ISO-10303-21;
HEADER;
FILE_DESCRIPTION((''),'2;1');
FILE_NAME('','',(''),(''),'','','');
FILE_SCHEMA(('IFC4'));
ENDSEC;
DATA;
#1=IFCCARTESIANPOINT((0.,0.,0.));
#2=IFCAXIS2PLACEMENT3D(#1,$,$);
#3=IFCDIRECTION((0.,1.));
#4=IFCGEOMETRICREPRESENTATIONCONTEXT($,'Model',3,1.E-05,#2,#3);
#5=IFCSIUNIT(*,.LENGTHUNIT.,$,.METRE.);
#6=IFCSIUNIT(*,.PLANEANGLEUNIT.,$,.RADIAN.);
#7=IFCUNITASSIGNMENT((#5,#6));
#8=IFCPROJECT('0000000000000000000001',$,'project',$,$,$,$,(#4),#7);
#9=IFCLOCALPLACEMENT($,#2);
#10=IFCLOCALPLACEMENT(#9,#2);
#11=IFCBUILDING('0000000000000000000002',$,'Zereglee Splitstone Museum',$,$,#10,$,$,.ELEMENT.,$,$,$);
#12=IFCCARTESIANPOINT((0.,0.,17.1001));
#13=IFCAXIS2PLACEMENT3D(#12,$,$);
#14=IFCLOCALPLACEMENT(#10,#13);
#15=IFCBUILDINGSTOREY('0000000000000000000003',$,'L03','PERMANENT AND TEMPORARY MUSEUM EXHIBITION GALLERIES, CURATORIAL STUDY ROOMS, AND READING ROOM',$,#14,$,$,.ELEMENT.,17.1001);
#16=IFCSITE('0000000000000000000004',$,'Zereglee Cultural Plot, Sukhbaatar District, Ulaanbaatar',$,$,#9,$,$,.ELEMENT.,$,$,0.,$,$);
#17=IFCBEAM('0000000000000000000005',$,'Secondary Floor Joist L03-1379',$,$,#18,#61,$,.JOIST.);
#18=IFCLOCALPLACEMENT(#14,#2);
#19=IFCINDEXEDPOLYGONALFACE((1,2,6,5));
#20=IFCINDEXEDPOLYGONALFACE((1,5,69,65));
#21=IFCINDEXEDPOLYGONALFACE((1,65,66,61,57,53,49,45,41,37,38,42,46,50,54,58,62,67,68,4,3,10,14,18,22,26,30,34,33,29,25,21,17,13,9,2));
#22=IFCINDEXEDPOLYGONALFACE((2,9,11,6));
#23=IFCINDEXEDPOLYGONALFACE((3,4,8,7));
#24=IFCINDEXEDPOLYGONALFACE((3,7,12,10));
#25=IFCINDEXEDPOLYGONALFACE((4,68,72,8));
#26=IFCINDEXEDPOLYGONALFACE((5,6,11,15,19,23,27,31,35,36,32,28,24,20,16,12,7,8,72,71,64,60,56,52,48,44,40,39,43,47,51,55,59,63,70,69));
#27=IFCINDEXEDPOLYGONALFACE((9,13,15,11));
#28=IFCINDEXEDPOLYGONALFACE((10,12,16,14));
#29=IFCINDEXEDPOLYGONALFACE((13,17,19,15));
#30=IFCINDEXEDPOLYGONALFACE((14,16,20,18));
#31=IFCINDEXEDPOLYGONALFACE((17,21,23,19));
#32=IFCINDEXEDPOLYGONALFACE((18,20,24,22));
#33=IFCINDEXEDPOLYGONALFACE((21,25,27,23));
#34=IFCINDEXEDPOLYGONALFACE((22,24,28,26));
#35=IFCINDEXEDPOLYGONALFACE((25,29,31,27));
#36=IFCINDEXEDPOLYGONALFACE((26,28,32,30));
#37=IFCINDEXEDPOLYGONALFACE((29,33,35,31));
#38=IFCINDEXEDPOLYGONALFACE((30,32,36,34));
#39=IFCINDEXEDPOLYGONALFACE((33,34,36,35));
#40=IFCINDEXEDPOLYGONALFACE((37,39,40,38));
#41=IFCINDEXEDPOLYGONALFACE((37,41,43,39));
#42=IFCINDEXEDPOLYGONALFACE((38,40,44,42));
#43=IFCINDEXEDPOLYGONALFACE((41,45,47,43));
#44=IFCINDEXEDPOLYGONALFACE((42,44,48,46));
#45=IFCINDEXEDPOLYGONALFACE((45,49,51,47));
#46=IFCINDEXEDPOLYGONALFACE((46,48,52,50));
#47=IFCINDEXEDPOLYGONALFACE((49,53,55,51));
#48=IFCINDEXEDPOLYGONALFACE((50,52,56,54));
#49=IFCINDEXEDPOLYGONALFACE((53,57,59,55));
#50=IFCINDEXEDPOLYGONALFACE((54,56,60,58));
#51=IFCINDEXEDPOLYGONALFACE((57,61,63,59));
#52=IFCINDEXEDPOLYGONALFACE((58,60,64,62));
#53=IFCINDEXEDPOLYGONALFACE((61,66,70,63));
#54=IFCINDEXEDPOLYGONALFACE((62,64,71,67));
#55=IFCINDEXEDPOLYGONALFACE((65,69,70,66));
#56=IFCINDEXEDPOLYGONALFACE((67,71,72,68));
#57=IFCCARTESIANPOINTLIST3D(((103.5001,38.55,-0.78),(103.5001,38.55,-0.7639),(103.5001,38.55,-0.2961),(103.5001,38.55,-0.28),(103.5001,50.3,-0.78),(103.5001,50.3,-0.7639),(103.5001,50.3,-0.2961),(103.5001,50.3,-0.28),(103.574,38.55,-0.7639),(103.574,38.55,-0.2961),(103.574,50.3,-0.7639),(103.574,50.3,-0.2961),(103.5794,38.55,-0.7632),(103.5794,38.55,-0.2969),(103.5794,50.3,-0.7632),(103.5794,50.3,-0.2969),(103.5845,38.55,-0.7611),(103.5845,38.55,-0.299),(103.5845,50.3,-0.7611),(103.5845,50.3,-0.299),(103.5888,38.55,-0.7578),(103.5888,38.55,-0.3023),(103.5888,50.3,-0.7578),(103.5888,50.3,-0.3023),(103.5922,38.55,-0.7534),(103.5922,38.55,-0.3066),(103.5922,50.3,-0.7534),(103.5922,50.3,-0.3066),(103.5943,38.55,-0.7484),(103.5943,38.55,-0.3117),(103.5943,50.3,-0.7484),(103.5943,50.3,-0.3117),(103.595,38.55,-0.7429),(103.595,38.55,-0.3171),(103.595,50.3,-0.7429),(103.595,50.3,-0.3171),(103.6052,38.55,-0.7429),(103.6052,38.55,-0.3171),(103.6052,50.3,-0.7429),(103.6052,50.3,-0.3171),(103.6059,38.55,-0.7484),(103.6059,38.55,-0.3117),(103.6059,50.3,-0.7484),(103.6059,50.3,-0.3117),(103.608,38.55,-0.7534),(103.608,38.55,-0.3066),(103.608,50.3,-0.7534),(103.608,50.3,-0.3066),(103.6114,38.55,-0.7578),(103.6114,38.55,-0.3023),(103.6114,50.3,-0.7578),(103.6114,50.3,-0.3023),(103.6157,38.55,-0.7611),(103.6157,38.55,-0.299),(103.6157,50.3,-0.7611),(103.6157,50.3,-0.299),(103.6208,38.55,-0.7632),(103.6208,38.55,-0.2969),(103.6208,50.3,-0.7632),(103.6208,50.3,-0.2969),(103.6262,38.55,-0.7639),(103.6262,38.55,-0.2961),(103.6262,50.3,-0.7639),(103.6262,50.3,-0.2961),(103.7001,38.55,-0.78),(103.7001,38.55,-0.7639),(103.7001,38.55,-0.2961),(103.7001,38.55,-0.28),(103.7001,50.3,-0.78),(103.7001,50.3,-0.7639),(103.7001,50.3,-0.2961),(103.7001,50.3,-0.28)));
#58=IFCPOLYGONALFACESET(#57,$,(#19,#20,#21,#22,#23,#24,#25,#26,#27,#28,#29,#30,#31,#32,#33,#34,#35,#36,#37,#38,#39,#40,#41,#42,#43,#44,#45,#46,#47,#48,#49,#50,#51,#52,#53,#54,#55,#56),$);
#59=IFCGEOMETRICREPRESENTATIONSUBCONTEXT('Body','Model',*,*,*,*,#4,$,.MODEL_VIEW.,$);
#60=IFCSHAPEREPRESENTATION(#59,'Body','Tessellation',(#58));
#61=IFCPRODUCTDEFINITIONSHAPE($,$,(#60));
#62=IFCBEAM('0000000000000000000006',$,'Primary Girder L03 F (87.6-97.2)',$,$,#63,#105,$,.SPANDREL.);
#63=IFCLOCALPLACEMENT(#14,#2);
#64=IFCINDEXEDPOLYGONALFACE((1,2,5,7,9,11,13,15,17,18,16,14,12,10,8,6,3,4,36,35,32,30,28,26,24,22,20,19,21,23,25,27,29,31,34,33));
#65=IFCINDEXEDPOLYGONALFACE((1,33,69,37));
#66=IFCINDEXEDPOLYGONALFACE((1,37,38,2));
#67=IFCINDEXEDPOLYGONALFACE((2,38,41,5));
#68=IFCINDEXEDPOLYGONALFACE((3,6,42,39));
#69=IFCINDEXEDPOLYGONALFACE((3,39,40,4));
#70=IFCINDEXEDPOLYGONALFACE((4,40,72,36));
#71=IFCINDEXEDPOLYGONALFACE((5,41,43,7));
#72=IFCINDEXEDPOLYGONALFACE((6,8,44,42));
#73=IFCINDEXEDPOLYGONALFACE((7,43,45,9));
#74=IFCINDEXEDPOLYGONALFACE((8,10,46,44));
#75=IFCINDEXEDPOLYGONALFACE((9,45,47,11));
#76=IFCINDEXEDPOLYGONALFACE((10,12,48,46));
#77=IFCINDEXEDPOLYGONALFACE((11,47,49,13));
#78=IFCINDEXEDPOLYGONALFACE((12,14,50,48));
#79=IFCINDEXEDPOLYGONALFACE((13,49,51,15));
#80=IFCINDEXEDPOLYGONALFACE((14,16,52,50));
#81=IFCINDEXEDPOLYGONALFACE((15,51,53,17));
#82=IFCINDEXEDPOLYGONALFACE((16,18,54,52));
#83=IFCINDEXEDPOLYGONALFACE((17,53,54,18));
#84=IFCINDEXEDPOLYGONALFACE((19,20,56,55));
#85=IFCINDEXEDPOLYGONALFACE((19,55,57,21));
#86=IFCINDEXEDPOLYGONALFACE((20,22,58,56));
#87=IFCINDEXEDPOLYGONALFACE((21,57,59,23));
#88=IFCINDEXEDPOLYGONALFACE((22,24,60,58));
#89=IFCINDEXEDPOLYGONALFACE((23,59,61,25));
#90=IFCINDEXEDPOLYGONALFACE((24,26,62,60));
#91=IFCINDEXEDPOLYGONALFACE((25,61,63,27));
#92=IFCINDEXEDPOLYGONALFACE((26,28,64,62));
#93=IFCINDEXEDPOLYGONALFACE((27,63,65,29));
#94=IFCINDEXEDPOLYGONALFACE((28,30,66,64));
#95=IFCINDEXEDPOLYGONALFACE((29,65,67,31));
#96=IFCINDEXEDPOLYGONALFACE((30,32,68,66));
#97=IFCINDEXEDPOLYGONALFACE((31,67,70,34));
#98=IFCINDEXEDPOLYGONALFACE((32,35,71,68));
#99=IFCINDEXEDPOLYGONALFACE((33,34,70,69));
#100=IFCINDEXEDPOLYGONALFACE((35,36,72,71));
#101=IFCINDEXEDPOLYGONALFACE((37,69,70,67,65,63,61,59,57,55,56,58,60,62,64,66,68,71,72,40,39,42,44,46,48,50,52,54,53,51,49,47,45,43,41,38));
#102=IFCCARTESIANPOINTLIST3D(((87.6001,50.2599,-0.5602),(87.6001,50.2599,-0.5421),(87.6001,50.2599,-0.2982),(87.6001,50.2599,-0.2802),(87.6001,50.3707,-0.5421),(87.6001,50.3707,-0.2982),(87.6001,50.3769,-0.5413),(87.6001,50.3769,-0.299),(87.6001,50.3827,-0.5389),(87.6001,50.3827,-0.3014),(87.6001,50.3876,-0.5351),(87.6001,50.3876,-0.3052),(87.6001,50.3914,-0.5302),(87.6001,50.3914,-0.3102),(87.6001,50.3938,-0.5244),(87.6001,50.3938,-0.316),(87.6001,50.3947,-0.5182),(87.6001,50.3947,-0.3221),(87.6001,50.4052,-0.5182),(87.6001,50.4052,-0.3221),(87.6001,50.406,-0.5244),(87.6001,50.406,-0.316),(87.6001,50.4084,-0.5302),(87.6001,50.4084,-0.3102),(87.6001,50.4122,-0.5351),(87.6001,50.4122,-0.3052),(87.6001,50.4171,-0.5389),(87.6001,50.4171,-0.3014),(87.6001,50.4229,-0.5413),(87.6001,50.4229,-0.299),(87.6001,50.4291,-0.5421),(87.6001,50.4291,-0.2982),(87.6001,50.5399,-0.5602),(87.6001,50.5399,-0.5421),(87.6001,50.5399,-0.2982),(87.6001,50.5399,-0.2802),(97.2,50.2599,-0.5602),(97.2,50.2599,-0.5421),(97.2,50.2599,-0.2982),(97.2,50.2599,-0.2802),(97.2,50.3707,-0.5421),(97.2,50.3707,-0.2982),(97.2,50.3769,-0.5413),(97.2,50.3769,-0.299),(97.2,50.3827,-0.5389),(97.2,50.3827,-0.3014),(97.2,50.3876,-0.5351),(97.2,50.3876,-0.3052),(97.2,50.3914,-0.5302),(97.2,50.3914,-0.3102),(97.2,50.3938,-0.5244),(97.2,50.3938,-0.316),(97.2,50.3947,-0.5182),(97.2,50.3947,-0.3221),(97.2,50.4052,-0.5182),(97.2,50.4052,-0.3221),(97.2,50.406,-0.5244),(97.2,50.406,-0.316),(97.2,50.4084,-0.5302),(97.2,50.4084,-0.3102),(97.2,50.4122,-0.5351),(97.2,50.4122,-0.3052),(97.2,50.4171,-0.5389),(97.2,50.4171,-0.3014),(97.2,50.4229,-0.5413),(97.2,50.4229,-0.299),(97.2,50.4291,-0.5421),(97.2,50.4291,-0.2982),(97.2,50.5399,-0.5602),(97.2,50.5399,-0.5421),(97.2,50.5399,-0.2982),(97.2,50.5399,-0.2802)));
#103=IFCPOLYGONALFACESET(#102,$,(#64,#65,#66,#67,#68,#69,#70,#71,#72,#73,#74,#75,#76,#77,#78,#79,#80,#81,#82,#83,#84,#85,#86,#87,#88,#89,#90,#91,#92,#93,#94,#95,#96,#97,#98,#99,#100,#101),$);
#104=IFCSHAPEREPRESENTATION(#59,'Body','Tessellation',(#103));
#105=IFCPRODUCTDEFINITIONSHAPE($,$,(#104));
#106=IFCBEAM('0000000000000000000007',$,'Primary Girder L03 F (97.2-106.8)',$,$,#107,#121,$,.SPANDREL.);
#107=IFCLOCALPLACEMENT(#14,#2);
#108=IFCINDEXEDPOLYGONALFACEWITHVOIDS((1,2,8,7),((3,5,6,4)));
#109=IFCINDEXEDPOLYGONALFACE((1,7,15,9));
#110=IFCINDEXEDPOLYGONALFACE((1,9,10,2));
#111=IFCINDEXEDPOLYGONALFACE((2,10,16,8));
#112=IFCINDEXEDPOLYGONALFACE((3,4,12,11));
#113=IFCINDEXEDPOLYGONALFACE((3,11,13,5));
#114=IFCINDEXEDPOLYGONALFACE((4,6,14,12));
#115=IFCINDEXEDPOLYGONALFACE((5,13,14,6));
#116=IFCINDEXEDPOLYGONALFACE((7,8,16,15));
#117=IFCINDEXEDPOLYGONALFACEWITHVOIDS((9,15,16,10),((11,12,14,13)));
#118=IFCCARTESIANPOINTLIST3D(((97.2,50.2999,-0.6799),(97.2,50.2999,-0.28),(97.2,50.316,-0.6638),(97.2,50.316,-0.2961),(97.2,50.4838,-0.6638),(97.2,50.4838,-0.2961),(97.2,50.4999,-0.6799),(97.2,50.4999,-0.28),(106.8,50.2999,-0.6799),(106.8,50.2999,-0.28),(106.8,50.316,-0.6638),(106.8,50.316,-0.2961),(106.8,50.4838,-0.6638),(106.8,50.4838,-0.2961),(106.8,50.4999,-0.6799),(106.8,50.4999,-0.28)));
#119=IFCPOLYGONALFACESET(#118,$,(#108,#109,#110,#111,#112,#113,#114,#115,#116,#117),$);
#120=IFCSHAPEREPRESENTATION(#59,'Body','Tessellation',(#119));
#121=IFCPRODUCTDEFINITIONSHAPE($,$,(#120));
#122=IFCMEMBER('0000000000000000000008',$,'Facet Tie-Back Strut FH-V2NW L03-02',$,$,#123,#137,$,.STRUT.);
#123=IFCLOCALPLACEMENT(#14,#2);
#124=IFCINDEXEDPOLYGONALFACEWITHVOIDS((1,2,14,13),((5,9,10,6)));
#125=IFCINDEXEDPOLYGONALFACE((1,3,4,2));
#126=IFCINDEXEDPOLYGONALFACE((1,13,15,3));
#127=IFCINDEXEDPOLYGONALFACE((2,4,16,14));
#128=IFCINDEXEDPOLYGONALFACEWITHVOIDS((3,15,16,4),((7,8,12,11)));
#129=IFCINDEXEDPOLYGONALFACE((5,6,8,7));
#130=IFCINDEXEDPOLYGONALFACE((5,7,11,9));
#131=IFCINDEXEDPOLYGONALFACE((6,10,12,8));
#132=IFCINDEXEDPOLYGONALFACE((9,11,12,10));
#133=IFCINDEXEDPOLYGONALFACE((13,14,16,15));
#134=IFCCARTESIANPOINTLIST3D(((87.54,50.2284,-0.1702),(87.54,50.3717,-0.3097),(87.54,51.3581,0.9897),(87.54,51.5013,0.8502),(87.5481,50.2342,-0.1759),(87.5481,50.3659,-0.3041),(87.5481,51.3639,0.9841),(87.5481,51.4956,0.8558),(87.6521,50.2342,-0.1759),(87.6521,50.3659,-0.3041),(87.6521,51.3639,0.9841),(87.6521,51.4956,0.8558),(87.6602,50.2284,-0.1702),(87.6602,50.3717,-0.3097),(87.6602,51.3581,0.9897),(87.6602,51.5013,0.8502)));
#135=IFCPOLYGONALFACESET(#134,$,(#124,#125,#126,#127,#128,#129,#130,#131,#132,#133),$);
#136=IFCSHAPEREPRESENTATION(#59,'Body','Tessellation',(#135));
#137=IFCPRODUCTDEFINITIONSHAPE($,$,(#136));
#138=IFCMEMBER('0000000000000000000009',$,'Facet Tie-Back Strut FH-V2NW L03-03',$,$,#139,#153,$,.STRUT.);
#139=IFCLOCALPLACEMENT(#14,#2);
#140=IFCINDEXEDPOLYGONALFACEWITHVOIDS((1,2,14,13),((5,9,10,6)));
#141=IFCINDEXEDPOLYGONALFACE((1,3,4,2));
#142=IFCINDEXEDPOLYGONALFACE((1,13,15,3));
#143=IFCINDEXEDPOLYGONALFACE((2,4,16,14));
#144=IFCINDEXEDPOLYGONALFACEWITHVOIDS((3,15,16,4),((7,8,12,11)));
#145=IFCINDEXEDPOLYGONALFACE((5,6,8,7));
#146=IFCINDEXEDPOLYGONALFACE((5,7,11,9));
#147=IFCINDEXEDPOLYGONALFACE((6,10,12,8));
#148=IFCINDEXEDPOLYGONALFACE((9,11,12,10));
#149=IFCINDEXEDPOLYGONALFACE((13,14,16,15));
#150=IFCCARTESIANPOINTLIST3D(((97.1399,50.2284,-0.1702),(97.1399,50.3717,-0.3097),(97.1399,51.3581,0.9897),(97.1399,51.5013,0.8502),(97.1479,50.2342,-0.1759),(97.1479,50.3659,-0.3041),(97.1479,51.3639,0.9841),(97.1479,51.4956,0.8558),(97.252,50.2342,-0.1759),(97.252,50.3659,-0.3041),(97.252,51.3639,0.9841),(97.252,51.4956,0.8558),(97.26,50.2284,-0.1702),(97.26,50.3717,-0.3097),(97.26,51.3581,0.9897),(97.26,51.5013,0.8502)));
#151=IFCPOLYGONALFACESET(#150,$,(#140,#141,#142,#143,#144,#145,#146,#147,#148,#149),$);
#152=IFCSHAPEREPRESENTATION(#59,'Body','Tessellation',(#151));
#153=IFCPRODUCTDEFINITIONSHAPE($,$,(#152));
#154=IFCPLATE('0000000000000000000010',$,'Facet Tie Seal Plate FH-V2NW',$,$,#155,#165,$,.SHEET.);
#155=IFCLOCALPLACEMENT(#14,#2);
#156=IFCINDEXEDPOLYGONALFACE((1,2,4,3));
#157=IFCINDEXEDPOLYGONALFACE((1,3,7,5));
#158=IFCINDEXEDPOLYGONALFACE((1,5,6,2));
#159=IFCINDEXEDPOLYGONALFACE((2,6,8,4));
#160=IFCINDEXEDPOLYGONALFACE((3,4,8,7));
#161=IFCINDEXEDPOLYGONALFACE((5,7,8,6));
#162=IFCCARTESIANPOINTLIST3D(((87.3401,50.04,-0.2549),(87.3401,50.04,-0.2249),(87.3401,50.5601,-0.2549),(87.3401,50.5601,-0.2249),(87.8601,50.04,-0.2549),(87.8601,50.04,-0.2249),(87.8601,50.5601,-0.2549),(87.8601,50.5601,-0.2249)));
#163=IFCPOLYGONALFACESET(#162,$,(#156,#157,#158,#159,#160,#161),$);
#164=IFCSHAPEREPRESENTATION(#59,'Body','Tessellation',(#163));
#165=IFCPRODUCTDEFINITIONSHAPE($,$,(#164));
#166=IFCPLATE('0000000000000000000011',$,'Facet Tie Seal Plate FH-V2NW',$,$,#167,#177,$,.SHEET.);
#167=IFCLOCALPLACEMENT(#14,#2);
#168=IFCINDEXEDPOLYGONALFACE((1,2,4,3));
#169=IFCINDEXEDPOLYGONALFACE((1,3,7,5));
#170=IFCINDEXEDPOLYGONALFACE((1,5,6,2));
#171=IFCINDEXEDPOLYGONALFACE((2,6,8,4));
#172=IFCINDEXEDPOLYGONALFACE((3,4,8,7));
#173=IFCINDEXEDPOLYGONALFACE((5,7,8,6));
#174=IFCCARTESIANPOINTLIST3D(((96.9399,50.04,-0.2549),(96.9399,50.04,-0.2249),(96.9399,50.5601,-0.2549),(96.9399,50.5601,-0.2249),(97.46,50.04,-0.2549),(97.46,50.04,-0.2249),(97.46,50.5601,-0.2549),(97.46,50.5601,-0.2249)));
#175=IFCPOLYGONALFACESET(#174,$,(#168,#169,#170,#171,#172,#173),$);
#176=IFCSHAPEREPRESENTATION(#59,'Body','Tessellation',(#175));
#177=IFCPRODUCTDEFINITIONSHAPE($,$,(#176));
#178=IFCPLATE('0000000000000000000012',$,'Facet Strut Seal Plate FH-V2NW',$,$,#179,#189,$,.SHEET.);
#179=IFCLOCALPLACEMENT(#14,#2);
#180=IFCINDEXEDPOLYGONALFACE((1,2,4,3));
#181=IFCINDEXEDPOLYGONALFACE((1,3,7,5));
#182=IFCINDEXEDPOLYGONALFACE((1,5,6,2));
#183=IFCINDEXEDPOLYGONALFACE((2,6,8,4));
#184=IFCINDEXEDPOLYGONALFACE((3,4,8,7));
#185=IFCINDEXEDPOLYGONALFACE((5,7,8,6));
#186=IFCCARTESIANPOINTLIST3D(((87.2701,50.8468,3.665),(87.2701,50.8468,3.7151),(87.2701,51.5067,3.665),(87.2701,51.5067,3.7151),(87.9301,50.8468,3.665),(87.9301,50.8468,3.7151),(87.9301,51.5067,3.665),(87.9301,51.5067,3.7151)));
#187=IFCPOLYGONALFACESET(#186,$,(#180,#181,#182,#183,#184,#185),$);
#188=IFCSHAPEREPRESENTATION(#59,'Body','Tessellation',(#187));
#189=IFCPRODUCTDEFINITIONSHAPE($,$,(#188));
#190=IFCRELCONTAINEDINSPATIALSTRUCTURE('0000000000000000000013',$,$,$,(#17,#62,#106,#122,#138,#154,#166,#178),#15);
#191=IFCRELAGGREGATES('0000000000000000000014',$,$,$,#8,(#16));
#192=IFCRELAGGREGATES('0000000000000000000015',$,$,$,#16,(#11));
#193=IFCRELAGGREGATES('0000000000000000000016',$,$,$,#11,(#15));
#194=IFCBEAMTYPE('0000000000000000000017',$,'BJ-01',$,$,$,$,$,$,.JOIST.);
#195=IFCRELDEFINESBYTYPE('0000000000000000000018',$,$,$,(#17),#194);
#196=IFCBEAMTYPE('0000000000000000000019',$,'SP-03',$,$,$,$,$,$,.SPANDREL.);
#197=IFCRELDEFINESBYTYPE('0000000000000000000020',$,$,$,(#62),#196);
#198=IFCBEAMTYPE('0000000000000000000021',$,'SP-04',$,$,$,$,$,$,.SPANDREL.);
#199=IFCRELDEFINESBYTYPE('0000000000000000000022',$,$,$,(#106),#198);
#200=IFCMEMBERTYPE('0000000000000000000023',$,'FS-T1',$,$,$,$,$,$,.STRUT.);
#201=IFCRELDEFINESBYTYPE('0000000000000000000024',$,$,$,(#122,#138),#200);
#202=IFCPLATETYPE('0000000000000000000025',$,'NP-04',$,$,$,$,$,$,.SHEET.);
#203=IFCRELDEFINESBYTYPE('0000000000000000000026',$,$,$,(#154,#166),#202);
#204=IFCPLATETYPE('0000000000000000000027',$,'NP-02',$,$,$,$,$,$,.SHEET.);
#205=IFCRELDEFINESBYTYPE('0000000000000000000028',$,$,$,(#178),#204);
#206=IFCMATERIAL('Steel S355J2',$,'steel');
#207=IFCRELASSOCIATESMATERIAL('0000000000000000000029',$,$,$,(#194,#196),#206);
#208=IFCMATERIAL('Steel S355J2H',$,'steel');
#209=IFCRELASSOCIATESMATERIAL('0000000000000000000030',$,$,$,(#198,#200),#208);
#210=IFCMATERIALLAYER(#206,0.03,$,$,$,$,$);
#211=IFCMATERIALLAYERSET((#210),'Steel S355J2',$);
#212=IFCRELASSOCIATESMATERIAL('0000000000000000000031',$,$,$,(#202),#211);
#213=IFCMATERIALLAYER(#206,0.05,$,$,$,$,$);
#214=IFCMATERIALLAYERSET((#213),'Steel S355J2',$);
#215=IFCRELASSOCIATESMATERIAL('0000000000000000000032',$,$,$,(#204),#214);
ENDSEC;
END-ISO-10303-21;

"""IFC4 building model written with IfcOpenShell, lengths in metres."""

from ifc_helpers import new_model, si_unit, direction, frame, origin, origin_2d, place, context, subcontext, project, spatial, rectangle, hollow_rectangle, i_section, extrude, material, layer, layer_set, material_profile, profile_set, type_object, element, save


model = new_model("IFC4")

# Units and contexts
model_context = context("Model", 3, precision=1e-05, world=origin(), true_north=direction((0.0, 1.0)))
body_context = subcontext(model_context, "Body", "Model", "MODEL_VIEW")
ifc_project = project(units=[si_unit("LENGTHUNIT", "METRE"), si_unit("PLANEANGLEUNIT", "RADIAN")], contexts=[model_context])

# Site, building, storey
site_placement = place(None, origin())
site = spatial("IfcSite", under=ifc_project, at=site_placement, Name="Zereglee Cultural Plot, Sukhbaatar District, Ulaanbaatar", CompositionType="ELEMENT", RefElevation=0.0)
building_placement = place(site_placement, origin())
building = spatial("IfcBuilding", under=site, at=building_placement, Name="Zereglee Splitstone Museum", CompositionType="ELEMENT")
storey_placement = place(building_placement, frame((0.0, 0.0, 17.1001)))
storey = spatial("IfcBuildingStorey", under=building, at=storey_placement, Name="L03", Description="PERMANENT AND TEMPORARY MUSEUM EXHIBITION GALLERIES, CURATORIAL STUDY ROOMS, AND READING ROOM", CompositionType="ELEMENT", Elevation=17.1001)

# Shared definitions
ifc_material_1 = material(Name="Steel S355J2", Category="steel")
ifc_material_2 = material(Name="Steel S355J2H", Category="steel")

# Beams
ifc_material_profile_1 = material_profile(ifc_material_1, i_section(OverallWidth=0.2, OverallDepth=0.5, WebThickness=0.0103, FlangeThickness=0.0161, FilletRadius=0.021, at=origin_2d()), Name="IPE 500")
ifc_profile_set_1 = profile_set([ifc_material_profile_1], Name="Steel S355J2")
beam_type_1 = type_object("IfcBeamType", Name="BJ-01", PredefinedType="JOIST", material=ifc_profile_set_1)
beam_1_placement = place(storey_placement, frame((103.6001, 38.55, -0.53), z_axis=(0.0, 1.0, 0.0), x_axis=(-1.0, 0.0, 0.0)))
element("IfcBeam", 1, at=beam_1_placement, inside=storey, type_object=beam_type_1, Name="Secondary Floor Joist L03-1379", PredefinedType="JOIST", context=body_context, shape_type="SweptSolid", body=[
    extrude(i_section(OverallWidth=0.2, OverallDepth=0.5, WebThickness=0.0103, FlangeThickness=0.0161, FilletRadius=0.021, at=origin_2d()), origin(), (0.0, 0.0, 1.0), 11.75),
])
ifc_material_profile_2 = material_profile(ifc_material_1, i_section(OverallWidth=0.28, OverallDepth=0.28, WebThickness=0.0105, FlangeThickness=0.0181, FilletRadius=0.0239, at=origin_2d()), Name="HE 280 B")
ifc_profile_set_2 = profile_set([ifc_material_profile_2], Name="Steel S355J2")
beam_type_2 = type_object("IfcBeamType", Name="SP-03", PredefinedType="SPANDREL", material=ifc_profile_set_2)
beam_2_placement = place(storey_placement, frame((87.6001, 50.3999, -0.4202), z_axis=(1.0, 0.0, 0.0), x_axis=(0.0, 1.0, 0.0)))
element("IfcBeam", 2, at=beam_2_placement, inside=storey, type_object=beam_type_2, Name="Primary Girder L03 F (87.6-97.2)", PredefinedType="SPANDREL", context=body_context, shape_type="SweptSolid", body=[
    extrude(i_section(OverallWidth=0.28, OverallDepth=0.28, WebThickness=0.0105, FlangeThickness=0.0181, FilletRadius=0.0239, at=origin_2d()), origin(), (0.0, 0.0, 1.0), 9.5999),
])
ifc_material_profile_3 = material_profile(ifc_material_2, hollow_rectangle(XDim=0.2, YDim=0.3999, WallThickness=0.0161, at=origin_2d()), Name="RHS 400x200x16")
ifc_profile_set_3 = profile_set([ifc_material_profile_3], Name="Steel S355J2H")
beam_type_3 = type_object("IfcBeamType", Name="SP-04", PredefinedType="SPANDREL", material=ifc_profile_set_3)
beam_3_placement = place(storey_placement, frame((97.2, 50.3999, -0.48), z_axis=(1.0, 0.0, 0.0), x_axis=(0.0, 1.0, 0.0)))
element("IfcBeam", 3, at=beam_3_placement, inside=storey, type_object=beam_type_3, Name="Primary Girder L03 F (97.2-106.8)", PredefinedType="SPANDREL", context=body_context, shape_type="SweptSolid", body=[
    extrude(hollow_rectangle(XDim=0.2, YDim=0.3999, WallThickness=0.0161, at=origin_2d()), origin(), (0.0, 0.0, 1.0), 9.6001),
])

# Members
ifc_material_profile_4 = material_profile(ifc_material_2, hollow_rectangle(XDim=0.1201, YDim=0.2, WallThickness=0.0081, at=origin_2d()), Name="RHS 200x120x8")
ifc_profile_set_4 = profile_set([ifc_material_profile_4], Name="Steel S355J2H")
member_type = type_object("IfcMemberType", Name="FS-T1", PredefinedType="STRUT", material=ifc_profile_set_4)
for number, where, z_axis, x_axis, name in (
    (4, (87.6001, 50.3, -0.24), (0.0, 0.697696, 0.716394), (-1.0, 0.0, 0.0), "Facet Tie-Back Strut FH-V2NW L03-02"),
    (5, (97.2, 50.3, -0.24), (0.0, 0.697696, 0.716394), (-1.0, 0.0, 0.0), "Facet Tie-Back Strut FH-V2NW L03-03"),
):
    element("IfcMember", number, at=place(storey_placement, frame(where, z_axis=z_axis, x_axis=x_axis)), inside=storey, type_object=member_type, Name=name, PredefinedType="STRUT", context=body_context, shape_type="SweptSolid", body=[
        extrude(hollow_rectangle(XDim=0.1201, YDim=0.2, WallThickness=0.0081, at=origin_2d()), origin(), (0.0, 0.0, 1.0), 1.6191),
    ])

# Plates
ifc_layer_1 = layer(ifc_material_1, 0.03)
ifc_layer_set_1 = layer_set([ifc_layer_1], Name="Steel S355J2")
plate_type_1 = type_object("IfcPlateType", Name="NP-04", PredefinedType="SHEET", material=ifc_layer_set_1)
for number, where, z_axis, x_axis, name in (
    (6, (87.6001, 50.3, -0.2549), (0.0, 0.0, 1.0), (1.0, 0.0, 0.0), "Facet Tie Seal Plate FH-V2NW"),
    (7, (97.2, 50.3, -0.2549), (0.0, 0.0, 1.0), (1.0, 0.0, 0.0), "Facet Tie Seal Plate FH-V2NW"),
):
    element("IfcPlate", number, at=place(storey_placement, frame(where, z_axis=z_axis, x_axis=x_axis)), inside=storey, type_object=plate_type_1, Name=name, PredefinedType="SHEET", context=body_context, shape_type="SweptSolid", body=[
        extrude(rectangle(XDim=0.52, YDim=0.52, at=origin_2d()), origin(), (0.0, 0.0, 1.0), 0.03),
    ])
ifc_layer_2 = layer(ifc_material_1, 0.05)
ifc_layer_set_2 = layer_set([ifc_layer_2], Name="Steel S355J2")
plate_type_2 = type_object("IfcPlateType", Name="NP-02", PredefinedType="SHEET", material=ifc_layer_set_2)
for number, where, z_axis, x_axis, name in (
    (8, (87.6001, 51.1768, 3.665), (0.0, 0.0, 1.0), (1.0, 0.0, 0.0), "Facet Strut Seal Plate FH-V2NW"),
):
    element("IfcPlate", number, at=place(storey_placement, frame(where, z_axis=z_axis, x_axis=x_axis)), inside=storey, type_object=plate_type_2, Name=name, PredefinedType="SHEET", context=body_context, shape_type="SweptSolid", body=[
        extrude(rectangle(XDim=0.6599, YDim=0.6599, at=origin_2d()), origin(), (0.0, 0.0, 1.0), 0.05),
    ])

save(model, "model.ifc")
